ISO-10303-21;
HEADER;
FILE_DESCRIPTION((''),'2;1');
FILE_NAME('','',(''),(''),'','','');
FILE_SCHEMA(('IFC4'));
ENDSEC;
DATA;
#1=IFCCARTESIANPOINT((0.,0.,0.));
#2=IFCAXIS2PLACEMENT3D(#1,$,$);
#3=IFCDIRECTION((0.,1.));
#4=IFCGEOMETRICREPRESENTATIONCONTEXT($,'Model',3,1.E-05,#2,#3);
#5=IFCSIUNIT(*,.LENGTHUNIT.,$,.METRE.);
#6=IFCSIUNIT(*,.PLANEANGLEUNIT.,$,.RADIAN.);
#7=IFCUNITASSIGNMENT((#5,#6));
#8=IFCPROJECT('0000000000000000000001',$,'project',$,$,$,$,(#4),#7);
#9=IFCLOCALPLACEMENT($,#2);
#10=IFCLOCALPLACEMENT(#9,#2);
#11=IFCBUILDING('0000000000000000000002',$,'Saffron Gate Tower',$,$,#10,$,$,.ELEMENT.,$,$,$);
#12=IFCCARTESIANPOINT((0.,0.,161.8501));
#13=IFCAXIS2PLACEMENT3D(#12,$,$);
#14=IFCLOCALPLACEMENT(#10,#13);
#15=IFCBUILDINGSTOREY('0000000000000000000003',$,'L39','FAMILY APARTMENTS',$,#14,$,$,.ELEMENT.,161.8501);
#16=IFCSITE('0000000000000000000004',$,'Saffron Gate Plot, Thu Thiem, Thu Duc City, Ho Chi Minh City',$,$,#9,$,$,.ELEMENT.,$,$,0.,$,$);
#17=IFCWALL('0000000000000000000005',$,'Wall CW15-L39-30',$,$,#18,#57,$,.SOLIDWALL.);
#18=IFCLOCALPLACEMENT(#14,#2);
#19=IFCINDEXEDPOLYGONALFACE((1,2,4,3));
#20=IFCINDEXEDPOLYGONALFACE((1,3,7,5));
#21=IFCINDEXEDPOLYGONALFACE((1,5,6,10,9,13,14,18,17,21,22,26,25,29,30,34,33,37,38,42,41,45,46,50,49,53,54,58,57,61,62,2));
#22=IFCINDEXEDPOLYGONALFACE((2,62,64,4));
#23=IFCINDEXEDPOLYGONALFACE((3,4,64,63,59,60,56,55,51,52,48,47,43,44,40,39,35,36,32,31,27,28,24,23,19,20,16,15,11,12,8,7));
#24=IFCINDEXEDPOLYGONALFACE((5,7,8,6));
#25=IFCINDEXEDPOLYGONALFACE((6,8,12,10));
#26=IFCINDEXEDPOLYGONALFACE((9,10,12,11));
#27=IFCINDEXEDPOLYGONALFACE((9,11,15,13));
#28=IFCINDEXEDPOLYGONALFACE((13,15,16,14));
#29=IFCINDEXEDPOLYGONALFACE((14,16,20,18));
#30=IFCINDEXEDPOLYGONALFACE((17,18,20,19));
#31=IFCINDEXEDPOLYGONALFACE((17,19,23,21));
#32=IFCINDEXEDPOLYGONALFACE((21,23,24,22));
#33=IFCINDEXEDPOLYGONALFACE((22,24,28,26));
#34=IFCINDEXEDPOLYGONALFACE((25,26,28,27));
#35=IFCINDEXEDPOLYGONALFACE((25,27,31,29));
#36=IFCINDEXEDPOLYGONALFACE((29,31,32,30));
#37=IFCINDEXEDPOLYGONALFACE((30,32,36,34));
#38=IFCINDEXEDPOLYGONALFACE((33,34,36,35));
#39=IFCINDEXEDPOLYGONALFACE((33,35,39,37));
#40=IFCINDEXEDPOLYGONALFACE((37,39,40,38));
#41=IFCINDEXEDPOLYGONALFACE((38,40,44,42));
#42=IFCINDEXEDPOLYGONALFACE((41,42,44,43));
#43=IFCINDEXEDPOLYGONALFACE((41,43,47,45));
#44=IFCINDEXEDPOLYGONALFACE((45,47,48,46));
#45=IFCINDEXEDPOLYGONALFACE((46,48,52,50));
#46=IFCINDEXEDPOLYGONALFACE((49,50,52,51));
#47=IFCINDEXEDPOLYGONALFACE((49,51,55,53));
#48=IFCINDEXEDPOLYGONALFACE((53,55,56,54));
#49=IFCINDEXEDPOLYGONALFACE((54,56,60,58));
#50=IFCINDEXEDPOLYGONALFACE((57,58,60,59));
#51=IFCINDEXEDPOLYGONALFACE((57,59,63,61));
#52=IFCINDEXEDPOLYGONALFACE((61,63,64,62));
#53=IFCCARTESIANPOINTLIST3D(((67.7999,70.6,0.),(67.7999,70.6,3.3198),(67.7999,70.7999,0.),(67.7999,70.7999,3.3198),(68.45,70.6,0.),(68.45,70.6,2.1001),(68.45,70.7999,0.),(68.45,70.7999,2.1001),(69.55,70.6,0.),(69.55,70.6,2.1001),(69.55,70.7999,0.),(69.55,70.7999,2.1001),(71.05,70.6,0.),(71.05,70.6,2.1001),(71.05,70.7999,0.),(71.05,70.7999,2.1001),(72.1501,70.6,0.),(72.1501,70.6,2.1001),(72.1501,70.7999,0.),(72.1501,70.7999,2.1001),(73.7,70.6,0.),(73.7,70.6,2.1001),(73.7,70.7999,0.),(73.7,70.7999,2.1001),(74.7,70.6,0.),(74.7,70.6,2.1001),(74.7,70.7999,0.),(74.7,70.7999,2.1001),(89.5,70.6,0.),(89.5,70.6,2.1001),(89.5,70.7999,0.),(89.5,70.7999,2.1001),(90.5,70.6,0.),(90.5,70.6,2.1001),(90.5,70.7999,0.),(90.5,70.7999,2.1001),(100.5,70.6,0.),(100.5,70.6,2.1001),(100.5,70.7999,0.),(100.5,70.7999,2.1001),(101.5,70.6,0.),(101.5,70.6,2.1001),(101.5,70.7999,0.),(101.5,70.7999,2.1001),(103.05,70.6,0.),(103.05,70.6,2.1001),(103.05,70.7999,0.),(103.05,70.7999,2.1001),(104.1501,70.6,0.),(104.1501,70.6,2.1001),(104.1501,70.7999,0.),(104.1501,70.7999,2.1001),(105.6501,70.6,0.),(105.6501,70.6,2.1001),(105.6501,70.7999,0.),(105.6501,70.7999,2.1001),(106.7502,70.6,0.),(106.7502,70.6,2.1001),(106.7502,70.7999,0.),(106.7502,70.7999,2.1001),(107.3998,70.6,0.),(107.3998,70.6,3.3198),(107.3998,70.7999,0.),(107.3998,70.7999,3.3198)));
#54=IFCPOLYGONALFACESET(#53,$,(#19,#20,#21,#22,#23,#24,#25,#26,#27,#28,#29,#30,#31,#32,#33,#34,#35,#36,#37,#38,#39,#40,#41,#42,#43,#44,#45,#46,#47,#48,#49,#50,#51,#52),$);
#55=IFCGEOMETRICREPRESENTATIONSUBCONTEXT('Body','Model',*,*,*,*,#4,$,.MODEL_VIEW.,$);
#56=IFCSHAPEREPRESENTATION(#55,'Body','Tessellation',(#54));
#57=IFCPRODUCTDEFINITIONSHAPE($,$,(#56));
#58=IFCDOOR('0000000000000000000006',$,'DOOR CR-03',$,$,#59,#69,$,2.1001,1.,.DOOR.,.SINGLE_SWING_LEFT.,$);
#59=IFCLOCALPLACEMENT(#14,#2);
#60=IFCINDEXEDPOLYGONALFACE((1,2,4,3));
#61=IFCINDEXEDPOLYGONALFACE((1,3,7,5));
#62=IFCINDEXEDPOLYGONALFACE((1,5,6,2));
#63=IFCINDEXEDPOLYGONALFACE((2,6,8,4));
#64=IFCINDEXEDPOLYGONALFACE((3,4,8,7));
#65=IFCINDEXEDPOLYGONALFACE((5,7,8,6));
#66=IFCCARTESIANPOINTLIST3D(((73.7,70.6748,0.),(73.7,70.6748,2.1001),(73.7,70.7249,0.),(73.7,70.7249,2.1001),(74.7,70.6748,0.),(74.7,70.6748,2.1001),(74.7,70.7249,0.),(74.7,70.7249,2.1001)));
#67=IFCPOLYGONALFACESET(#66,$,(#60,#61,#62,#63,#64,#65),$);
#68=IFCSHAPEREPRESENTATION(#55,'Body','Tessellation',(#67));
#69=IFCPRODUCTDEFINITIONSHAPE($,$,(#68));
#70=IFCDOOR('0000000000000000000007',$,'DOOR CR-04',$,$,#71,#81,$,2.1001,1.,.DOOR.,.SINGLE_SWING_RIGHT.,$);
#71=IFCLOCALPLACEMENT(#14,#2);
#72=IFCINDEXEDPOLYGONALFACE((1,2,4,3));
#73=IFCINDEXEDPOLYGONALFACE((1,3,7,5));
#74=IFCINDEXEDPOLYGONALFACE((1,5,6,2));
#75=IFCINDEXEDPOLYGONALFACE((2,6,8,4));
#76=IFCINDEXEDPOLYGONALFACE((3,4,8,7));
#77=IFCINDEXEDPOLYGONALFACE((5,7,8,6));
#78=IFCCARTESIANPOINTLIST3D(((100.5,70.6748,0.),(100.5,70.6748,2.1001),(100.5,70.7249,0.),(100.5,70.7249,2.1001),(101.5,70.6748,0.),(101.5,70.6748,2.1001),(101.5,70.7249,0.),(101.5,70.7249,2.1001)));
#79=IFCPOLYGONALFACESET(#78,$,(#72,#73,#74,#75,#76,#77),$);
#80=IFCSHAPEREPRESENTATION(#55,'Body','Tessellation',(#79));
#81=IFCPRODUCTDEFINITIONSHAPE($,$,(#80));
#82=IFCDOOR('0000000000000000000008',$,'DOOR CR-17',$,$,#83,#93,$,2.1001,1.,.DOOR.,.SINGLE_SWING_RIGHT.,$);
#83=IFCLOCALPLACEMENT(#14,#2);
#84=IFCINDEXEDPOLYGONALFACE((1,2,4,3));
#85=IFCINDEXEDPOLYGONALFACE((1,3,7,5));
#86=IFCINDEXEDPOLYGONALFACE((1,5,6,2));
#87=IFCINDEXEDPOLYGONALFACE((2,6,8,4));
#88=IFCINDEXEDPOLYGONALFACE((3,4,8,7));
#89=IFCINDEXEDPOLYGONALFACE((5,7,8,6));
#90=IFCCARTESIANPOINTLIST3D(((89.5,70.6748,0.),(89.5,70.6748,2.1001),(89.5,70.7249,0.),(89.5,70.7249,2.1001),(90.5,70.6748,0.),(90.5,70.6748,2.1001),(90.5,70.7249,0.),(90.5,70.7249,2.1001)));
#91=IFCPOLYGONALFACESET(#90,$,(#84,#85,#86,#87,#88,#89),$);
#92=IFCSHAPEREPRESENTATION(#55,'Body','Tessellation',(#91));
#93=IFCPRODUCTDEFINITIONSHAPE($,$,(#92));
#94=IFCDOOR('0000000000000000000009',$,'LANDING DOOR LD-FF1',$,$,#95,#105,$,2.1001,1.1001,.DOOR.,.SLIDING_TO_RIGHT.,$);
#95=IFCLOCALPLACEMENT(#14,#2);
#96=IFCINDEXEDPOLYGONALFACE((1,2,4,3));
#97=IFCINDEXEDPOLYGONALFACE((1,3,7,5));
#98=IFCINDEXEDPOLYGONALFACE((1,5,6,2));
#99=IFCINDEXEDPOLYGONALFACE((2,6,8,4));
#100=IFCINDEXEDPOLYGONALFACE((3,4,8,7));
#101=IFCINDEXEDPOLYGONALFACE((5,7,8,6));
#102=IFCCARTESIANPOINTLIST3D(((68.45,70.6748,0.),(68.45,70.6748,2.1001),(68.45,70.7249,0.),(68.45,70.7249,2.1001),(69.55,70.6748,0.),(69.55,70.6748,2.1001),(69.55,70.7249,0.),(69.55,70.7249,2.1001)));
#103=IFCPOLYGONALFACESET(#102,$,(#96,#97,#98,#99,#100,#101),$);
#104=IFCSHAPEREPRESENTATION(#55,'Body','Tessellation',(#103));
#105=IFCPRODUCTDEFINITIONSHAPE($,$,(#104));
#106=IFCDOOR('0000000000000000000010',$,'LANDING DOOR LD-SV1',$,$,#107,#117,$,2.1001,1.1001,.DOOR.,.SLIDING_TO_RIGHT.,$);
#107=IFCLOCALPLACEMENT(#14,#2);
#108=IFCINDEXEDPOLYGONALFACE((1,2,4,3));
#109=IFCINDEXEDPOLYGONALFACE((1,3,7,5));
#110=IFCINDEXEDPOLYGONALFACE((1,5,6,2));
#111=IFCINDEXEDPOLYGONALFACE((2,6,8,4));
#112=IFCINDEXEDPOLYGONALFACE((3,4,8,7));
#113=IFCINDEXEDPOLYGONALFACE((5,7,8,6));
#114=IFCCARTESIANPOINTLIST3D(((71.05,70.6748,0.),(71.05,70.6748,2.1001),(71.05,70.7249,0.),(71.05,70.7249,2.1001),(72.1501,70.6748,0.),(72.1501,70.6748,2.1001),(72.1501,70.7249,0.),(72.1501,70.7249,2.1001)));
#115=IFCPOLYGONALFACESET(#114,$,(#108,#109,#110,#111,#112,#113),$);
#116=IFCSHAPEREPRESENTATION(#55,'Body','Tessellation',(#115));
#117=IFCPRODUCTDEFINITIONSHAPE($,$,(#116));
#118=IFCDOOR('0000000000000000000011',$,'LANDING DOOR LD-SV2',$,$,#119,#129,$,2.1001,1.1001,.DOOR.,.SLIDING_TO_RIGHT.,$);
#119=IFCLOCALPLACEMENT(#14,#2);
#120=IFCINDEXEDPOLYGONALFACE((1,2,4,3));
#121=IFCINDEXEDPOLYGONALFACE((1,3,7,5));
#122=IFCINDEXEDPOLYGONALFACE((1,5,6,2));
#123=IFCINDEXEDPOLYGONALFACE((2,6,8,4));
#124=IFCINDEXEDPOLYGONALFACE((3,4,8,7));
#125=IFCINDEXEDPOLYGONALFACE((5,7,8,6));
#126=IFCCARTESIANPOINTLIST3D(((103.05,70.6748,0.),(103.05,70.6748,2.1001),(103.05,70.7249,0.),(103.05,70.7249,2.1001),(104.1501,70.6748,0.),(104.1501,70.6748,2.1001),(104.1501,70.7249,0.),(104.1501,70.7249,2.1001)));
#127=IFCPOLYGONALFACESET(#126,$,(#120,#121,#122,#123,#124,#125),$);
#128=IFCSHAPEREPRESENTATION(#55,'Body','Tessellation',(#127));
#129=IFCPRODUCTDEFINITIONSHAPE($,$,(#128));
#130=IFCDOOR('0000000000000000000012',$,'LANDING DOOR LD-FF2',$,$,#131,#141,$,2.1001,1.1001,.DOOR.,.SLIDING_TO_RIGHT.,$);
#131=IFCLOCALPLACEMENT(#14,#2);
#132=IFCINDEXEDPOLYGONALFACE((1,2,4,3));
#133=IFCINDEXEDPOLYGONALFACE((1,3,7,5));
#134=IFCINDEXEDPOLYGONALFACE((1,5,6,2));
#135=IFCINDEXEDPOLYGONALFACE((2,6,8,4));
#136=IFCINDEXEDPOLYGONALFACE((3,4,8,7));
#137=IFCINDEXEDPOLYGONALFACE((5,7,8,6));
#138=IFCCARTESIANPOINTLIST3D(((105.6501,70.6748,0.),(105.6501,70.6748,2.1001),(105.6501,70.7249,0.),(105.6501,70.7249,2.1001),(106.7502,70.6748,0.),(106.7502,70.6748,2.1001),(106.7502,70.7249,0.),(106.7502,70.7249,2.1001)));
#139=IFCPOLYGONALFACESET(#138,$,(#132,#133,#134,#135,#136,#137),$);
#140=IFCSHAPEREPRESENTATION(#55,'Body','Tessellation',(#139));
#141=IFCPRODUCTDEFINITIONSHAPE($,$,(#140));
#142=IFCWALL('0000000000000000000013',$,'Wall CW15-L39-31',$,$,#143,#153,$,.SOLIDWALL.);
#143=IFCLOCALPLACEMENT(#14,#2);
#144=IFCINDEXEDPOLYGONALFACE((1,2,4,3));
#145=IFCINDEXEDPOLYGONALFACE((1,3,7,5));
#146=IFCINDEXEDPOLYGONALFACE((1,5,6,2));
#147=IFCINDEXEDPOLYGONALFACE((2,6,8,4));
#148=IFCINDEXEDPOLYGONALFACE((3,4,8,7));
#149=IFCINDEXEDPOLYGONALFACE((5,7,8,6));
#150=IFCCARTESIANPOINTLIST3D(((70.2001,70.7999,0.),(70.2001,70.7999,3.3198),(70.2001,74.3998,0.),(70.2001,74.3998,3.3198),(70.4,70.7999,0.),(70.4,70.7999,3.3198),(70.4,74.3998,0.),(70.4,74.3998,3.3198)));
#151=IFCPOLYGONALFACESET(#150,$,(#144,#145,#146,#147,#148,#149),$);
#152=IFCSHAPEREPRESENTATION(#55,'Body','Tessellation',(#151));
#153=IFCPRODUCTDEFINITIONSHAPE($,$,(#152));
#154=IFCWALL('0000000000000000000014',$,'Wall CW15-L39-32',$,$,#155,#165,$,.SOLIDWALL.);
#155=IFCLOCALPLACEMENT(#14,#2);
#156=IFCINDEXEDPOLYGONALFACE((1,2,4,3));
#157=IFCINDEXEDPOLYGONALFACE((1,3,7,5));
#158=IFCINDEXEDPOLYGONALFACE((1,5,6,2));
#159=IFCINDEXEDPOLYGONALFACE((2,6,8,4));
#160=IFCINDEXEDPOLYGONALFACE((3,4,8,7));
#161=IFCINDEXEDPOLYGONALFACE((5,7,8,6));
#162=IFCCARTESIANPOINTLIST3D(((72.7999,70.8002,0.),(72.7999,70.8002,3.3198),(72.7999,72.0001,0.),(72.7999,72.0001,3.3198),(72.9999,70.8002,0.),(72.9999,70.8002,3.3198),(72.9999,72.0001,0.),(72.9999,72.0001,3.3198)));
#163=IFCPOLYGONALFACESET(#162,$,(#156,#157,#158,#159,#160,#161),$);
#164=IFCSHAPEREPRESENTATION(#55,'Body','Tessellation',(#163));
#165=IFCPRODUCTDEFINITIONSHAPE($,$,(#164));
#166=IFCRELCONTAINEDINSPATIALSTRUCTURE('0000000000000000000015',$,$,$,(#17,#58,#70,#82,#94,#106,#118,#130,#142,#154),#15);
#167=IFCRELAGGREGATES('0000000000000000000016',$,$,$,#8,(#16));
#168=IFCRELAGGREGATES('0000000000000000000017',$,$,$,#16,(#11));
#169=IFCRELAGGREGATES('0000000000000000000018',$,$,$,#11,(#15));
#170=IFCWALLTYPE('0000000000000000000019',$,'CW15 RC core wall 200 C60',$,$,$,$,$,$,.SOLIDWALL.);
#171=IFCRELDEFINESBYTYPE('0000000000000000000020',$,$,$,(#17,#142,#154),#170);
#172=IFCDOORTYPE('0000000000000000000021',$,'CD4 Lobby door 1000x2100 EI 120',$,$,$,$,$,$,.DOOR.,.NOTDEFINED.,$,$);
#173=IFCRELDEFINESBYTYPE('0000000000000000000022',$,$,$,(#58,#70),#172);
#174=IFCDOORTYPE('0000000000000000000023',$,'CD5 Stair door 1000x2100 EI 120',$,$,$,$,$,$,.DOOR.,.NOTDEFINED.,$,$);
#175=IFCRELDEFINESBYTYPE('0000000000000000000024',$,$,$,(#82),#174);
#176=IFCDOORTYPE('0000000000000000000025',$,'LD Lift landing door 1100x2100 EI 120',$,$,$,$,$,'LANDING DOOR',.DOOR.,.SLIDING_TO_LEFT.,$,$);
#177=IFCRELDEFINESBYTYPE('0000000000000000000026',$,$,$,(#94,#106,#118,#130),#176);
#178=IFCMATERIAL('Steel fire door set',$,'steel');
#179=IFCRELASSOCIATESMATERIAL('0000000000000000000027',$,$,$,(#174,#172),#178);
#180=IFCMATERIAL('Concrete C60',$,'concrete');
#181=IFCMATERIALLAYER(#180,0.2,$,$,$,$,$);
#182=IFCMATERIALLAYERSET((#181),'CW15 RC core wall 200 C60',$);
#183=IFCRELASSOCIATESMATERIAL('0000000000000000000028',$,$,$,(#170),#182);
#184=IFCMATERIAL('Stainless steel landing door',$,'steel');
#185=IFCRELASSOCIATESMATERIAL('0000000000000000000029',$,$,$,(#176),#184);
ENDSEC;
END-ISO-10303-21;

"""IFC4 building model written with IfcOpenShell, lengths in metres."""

from ifc_helpers import new_model, si_unit, direction, frame, frame_2d, origin, place, context, subcontext, project, spatial, rectangle, extrude, material, layer, layer_set, type_object, element, fill, save


model = new_model("IFC4")

# Units and contexts
model_context = context("Model", 3, precision=1e-05, world=origin(), true_north=direction((0.0, 1.0)))
body_context = subcontext(model_context, "Body", "Model", "MODEL_VIEW")
ifc_project = project(units=[si_unit("LENGTHUNIT", "METRE"), si_unit("PLANEANGLEUNIT", "RADIAN")], contexts=[model_context])

# Site, building, storey
site_placement = place(None, origin())
site = spatial("IfcSite", under=ifc_project, at=site_placement, Name="Saffron Gate Plot, Thu Thiem, Thu Duc City, Ho Chi Minh City", CompositionType="ELEMENT", RefElevation=0.0)
building_placement = place(site_placement, origin())
building = spatial("IfcBuilding", under=site, at=building_placement, Name="Saffron Gate Tower", CompositionType="ELEMENT")
storey_placement = place(building_placement, frame((0.0, 0.0, 161.8501)))
storey = spatial("IfcBuildingStorey", under=building, at=storey_placement, Name="L39", Description="FAMILY APARTMENTS", CompositionType="ELEMENT", Elevation=161.8501)

# Wall, openings, doors
ifc_material_1 = material(Name="Concrete C60", Category="concrete")
ifc_material_2 = material(Name="Steel fire door set", Category="steel")
door_type_1 = type_object("IfcDoorType", Name="CD5 Stair door 1000x2100 EI 120", OperationType="NOTDEFINED", PredefinedType="DOOR", material=ifc_material_2)
ifc_layer_1 = layer(ifc_material_1, 0.2)
ifc_layer_set_1 = layer_set([ifc_layer_1], Name="CW15 RC core wall 200 C60")
wall_type_1 = type_object("IfcWallType", Name="CW15 RC core wall 200 C60", PredefinedType="SOLIDWALL", material=ifc_layer_set_1)
wall_1_placement = place(storey_placement, frame((67.8, 70.7, 0.0), z_axis=(0.0, 0.0, 1.0), x_axis=(1.0, 0.0, 0.0)))
wall_1 = element("IfcWall", 1, at=wall_1_placement, inside=storey, type_object=wall_type_1, Name="Wall CW15-L39-30", PredefinedType="SOLIDWALL", context=body_context, shape_type="SweptSolid", body=[
    extrude(rectangle(XDim=39.5999, YDim=0.2, at=frame_2d((19.7998, 0.0))), origin(), (0.0, 0.0, 1.0), 3.3198),
])
opening_1_placement = place(wall_1_placement, frame((0.6499, 0.0, 0.0)))
opening_1 = element("IfcOpeningElement", 2, at=opening_1_placement, cuts=wall_1, PredefinedType="OPENING", context=body_context, shape_type="SweptSolid", body=[
    extrude(rectangle(XDim=1.1001, YDim=2.1001, at=frame_2d((0.55, 1.05))), frame((0.0, 0.1099, 0.0), z_axis=(0.0, -1.0, 0.0), x_axis=(1.0, 0.0, 0.0)), (0.0, 0.0, 1.0), 0.22),
])
opening_2_placement = place(wall_1_placement, frame((3.25, 0.0, 0.0)))
opening_2 = element("IfcOpeningElement", 3, at=opening_2_placement, cuts=wall_1, PredefinedType="OPENING", context=body_context, shape_type="SweptSolid", body=[
    extrude(rectangle(XDim=1.1001, YDim=2.1001, at=frame_2d((0.55, 1.05))), frame((0.0, 0.1099, 0.0), z_axis=(0.0, -1.0, 0.0), x_axis=(1.0, 0.0, 0.0)), (0.0, 0.0, 1.0), 0.22),
])
opening_3_placement = place(wall_1_placement, frame((5.8999, 0.0, 0.0)))
opening_3 = element("IfcOpeningElement", 4, at=opening_3_placement, cuts=wall_1, PredefinedType="OPENING", context=body_context, shape_type="SweptSolid", body=[
    extrude(rectangle(XDim=1.0, YDim=2.1001, at=frame_2d((0.5, 1.05))), frame((0.0, 0.1099, 0.0), z_axis=(0.0, -1.0, 0.0), x_axis=(1.0, 0.0, 0.0)), (0.0, 0.0, 1.0), 0.22),
])
opening_4_placement = place(wall_1_placement, frame((21.7, 0.0, 0.0)))
opening_4 = element("IfcOpeningElement", 5, at=opening_4_placement, cuts=wall_1, PredefinedType="OPENING", context=body_context, shape_type="SweptSolid", body=[
    extrude(rectangle(XDim=1.0, YDim=2.1001, at=frame_2d((0.5, 1.05))), frame((0.0, 0.1099, 0.0), z_axis=(0.0, -1.0, 0.0), x_axis=(1.0, 0.0, 0.0)), (0.0, 0.0, 1.0), 0.22),
])
opening_5_placement = place(wall_1_placement, frame((32.7, 0.0, 0.0)))
opening_5 = element("IfcOpeningElement", 6, at=opening_5_placement, cuts=wall_1, PredefinedType="OPENING", context=body_context, shape_type="SweptSolid", body=[
    extrude(rectangle(XDim=1.0, YDim=2.1001, at=frame_2d((0.5, 1.05))), frame((0.0, 0.1099, 0.0), z_axis=(0.0, -1.0, 0.0), x_axis=(1.0, 0.0, 0.0)), (0.0, 0.0, 1.0), 0.22),
])
opening_6_placement = place(wall_1_placement, frame((35.25, 0.0, 0.0)))
opening_6 = element("IfcOpeningElement", 7, at=opening_6_placement, cuts=wall_1, PredefinedType="OPENING", context=body_context, shape_type="SweptSolid", body=[
    extrude(rectangle(XDim=1.1001, YDim=2.1001, at=frame_2d((0.55, 1.05))), frame((0.0, 0.1099, 0.0), z_axis=(0.0, -1.0, 0.0), x_axis=(1.0, 0.0, 0.0)), (0.0, 0.0, 1.0), 0.22),
])
opening_7_placement = place(wall_1_placement, frame((37.8501, 0.0, 0.0)))
opening_7 = element("IfcOpeningElement", 8, at=opening_7_placement, cuts=wall_1, PredefinedType="OPENING", context=body_context, shape_type="SweptSolid", body=[
    extrude(rectangle(XDim=1.1001, YDim=2.1001, at=frame_2d((0.55, 1.05))), frame((0.0, 0.1099, 0.0), z_axis=(0.0, -1.0, 0.0), x_axis=(1.0, 0.0, 0.0)), (0.0, 0.0, 1.0), 0.22),
])
door_type_2 = type_object("IfcDoorType", Name="CD4 Lobby door 1000x2100 EI 120", OperationType="NOTDEFINED", PredefinedType="DOOR", material=ifc_material_2)
door_1_placement = place(opening_3_placement, origin())
door_1 = element("IfcDoor", 9, at=door_1_placement, inside=storey, type_object=door_type_2, Name="DOOR CR-03", OperationType="SINGLE_SWING_LEFT", OverallHeight=2.1001, OverallWidth=1.0, PredefinedType="DOOR", context=body_context, shape_type="SweptSolid", body=[
    extrude(rectangle(XDim=1.0, YDim=2.1001, at=frame_2d((0.5, 1.05))), frame((0.0, 0.0249, 0.0), z_axis=(0.0, -1.0, 0.0), x_axis=(1.0, 0.0, 0.0)), (0.0, 0.0, 1.0), 0.05),
])
fill(opening_3, door_1)
door_2_placement = place(opening_5_placement, origin())
door_2 = element("IfcDoor", 10, at=door_2_placement, inside=storey, type_object=door_type_2, Name="DOOR CR-04", OperationType="SINGLE_SWING_RIGHT", OverallHeight=2.1001, OverallWidth=1.0, PredefinedType="DOOR", context=body_context, shape_type="SweptSolid", body=[
    extrude(rectangle(XDim=1.0, YDim=2.1001, at=frame_2d((0.5, 1.05))), frame((0.0, 0.0249, 0.0), z_axis=(0.0, -1.0, 0.0), x_axis=(1.0, 0.0, 0.0)), (0.0, 0.0, 1.0), 0.05),
])
fill(opening_5, door_2)
door_3_placement = place(opening_4_placement, origin())
door_3 = element("IfcDoor", 11, at=door_3_placement, inside=storey, type_object=door_type_1, Name="DOOR CR-17", OperationType="SINGLE_SWING_RIGHT", OverallHeight=2.1001, OverallWidth=1.0, PredefinedType="DOOR", context=body_context, shape_type="SweptSolid", body=[
    extrude(rectangle(XDim=1.0, YDim=2.1001, at=frame_2d((0.5, 1.05))), frame((0.0, 0.0249, 0.0), z_axis=(0.0, -1.0, 0.0), x_axis=(1.0, 0.0, 0.0)), (0.0, 0.0, 1.0), 0.05),
])
fill(opening_4, door_3)
ifc_material_3 = material(Name="Stainless steel landing door", Category="steel")
door_type_3 = type_object("IfcDoorType", Name="LD Lift landing door 1100x2100 EI 120", ElementType="LANDING DOOR", OperationType="SLIDING_TO_LEFT", PredefinedType="DOOR", material=ifc_material_3)
door_4_placement = place(opening_1_placement, origin())
door_4 = element("IfcDoor", 12, at=door_4_placement, inside=storey, type_object=door_type_3, Name="LANDING DOOR LD-FF1", OperationType="SLIDING_TO_RIGHT", OverallHeight=2.1001, OverallWidth=1.1001, PredefinedType="DOOR", context=body_context, shape_type="SweptSolid", body=[
    extrude(rectangle(XDim=1.1001, YDim=2.1001, at=frame_2d((0.55, 1.05))), frame((0.0, 0.0249, 0.0), z_axis=(0.0, -1.0, 0.0), x_axis=(1.0, 0.0, 0.0)), (0.0, 0.0, 1.0), 0.05),
])
fill(opening_1, door_4)
door_5_placement = place(opening_2_placement, origin())
door_5 = element("IfcDoor", 13, at=door_5_placement, inside=storey, type_object=door_type_3, Name="LANDING DOOR LD-SV1", OperationType="SLIDING_TO_RIGHT", OverallHeight=2.1001, OverallWidth=1.1001, PredefinedType="DOOR", context=body_context, shape_type="SweptSolid", body=[
    extrude(rectangle(XDim=1.1001, YDim=2.1001, at=frame_2d((0.55, 1.05))), frame((0.0, 0.0249, 0.0), z_axis=(0.0, -1.0, 0.0), x_axis=(1.0, 0.0, 0.0)), (0.0, 0.0, 1.0), 0.05),
])
fill(opening_2, door_5)
door_6_placement = place(opening_6_placement, origin())
door_6 = element("IfcDoor", 14, at=door_6_placement, inside=storey, type_object=door_type_3, Name="LANDING DOOR LD-SV2", OperationType="SLIDING_TO_RIGHT", OverallHeight=2.1001, OverallWidth=1.1001, PredefinedType="DOOR", context=body_context, shape_type="SweptSolid", body=[
    extrude(rectangle(XDim=1.1001, YDim=2.1001, at=frame_2d((0.55, 1.05))), frame((0.0, 0.0249, 0.0), z_axis=(0.0, -1.0, 0.0), x_axis=(1.0, 0.0, 0.0)), (0.0, 0.0, 1.0), 0.05),
])
fill(opening_6, door_6)
door_7_placement = place(opening_7_placement, origin())
door_7 = element("IfcDoor", 15, at=door_7_placement, inside=storey, type_object=door_type_3, Name="LANDING DOOR LD-FF2", OperationType="SLIDING_TO_RIGHT", OverallHeight=2.1001, OverallWidth=1.1001, PredefinedType="DOOR", context=body_context, shape_type="SweptSolid", body=[
    extrude(rectangle(XDim=1.1001, YDim=2.1001, at=frame_2d((0.55, 1.05))), frame((0.0, 0.0249, 0.0), z_axis=(0.0, -1.0, 0.0), x_axis=(1.0, 0.0, 0.0)), (0.0, 0.0, 1.0), 0.05),
])
fill(opening_7, door_7)

# Walls
wall_2_placement = place(storey_placement, frame((70.3, 70.8, 0.0), z_axis=(0.0, 0.0, 1.0), x_axis=(0.0, 1.0, 0.0)))
element("IfcWall", 16, at=wall_2_placement, inside=storey, type_object=wall_type_1, Name="Wall CW15-L39-31", PredefinedType="SOLIDWALL", context=body_context, shape_type="SweptSolid", body=[
    extrude(rectangle(XDim=3.5999, YDim=0.2, at=frame_2d((1.7998, 0.0))), origin(), (0.0, 0.0, 1.0), 3.3198),
])
wall_3_placement = place(storey_placement, frame((72.8999, 70.8, 0.0), z_axis=(0.0, 0.0, 1.0), x_axis=(0.0, 1.0, 0.0)))
element("IfcWall", 17, at=wall_3_placement, inside=storey, type_object=wall_type_1, Name="Wall CW15-L39-32", PredefinedType="SOLIDWALL", context=body_context, shape_type="SweptSolid", body=[
    extrude(rectangle(XDim=1.2, YDim=0.2, at=frame_2d((0.6001, 0.0))), origin(), (0.0, 0.0, 1.0), 3.3198),
])

save(model, "model.ifc")
